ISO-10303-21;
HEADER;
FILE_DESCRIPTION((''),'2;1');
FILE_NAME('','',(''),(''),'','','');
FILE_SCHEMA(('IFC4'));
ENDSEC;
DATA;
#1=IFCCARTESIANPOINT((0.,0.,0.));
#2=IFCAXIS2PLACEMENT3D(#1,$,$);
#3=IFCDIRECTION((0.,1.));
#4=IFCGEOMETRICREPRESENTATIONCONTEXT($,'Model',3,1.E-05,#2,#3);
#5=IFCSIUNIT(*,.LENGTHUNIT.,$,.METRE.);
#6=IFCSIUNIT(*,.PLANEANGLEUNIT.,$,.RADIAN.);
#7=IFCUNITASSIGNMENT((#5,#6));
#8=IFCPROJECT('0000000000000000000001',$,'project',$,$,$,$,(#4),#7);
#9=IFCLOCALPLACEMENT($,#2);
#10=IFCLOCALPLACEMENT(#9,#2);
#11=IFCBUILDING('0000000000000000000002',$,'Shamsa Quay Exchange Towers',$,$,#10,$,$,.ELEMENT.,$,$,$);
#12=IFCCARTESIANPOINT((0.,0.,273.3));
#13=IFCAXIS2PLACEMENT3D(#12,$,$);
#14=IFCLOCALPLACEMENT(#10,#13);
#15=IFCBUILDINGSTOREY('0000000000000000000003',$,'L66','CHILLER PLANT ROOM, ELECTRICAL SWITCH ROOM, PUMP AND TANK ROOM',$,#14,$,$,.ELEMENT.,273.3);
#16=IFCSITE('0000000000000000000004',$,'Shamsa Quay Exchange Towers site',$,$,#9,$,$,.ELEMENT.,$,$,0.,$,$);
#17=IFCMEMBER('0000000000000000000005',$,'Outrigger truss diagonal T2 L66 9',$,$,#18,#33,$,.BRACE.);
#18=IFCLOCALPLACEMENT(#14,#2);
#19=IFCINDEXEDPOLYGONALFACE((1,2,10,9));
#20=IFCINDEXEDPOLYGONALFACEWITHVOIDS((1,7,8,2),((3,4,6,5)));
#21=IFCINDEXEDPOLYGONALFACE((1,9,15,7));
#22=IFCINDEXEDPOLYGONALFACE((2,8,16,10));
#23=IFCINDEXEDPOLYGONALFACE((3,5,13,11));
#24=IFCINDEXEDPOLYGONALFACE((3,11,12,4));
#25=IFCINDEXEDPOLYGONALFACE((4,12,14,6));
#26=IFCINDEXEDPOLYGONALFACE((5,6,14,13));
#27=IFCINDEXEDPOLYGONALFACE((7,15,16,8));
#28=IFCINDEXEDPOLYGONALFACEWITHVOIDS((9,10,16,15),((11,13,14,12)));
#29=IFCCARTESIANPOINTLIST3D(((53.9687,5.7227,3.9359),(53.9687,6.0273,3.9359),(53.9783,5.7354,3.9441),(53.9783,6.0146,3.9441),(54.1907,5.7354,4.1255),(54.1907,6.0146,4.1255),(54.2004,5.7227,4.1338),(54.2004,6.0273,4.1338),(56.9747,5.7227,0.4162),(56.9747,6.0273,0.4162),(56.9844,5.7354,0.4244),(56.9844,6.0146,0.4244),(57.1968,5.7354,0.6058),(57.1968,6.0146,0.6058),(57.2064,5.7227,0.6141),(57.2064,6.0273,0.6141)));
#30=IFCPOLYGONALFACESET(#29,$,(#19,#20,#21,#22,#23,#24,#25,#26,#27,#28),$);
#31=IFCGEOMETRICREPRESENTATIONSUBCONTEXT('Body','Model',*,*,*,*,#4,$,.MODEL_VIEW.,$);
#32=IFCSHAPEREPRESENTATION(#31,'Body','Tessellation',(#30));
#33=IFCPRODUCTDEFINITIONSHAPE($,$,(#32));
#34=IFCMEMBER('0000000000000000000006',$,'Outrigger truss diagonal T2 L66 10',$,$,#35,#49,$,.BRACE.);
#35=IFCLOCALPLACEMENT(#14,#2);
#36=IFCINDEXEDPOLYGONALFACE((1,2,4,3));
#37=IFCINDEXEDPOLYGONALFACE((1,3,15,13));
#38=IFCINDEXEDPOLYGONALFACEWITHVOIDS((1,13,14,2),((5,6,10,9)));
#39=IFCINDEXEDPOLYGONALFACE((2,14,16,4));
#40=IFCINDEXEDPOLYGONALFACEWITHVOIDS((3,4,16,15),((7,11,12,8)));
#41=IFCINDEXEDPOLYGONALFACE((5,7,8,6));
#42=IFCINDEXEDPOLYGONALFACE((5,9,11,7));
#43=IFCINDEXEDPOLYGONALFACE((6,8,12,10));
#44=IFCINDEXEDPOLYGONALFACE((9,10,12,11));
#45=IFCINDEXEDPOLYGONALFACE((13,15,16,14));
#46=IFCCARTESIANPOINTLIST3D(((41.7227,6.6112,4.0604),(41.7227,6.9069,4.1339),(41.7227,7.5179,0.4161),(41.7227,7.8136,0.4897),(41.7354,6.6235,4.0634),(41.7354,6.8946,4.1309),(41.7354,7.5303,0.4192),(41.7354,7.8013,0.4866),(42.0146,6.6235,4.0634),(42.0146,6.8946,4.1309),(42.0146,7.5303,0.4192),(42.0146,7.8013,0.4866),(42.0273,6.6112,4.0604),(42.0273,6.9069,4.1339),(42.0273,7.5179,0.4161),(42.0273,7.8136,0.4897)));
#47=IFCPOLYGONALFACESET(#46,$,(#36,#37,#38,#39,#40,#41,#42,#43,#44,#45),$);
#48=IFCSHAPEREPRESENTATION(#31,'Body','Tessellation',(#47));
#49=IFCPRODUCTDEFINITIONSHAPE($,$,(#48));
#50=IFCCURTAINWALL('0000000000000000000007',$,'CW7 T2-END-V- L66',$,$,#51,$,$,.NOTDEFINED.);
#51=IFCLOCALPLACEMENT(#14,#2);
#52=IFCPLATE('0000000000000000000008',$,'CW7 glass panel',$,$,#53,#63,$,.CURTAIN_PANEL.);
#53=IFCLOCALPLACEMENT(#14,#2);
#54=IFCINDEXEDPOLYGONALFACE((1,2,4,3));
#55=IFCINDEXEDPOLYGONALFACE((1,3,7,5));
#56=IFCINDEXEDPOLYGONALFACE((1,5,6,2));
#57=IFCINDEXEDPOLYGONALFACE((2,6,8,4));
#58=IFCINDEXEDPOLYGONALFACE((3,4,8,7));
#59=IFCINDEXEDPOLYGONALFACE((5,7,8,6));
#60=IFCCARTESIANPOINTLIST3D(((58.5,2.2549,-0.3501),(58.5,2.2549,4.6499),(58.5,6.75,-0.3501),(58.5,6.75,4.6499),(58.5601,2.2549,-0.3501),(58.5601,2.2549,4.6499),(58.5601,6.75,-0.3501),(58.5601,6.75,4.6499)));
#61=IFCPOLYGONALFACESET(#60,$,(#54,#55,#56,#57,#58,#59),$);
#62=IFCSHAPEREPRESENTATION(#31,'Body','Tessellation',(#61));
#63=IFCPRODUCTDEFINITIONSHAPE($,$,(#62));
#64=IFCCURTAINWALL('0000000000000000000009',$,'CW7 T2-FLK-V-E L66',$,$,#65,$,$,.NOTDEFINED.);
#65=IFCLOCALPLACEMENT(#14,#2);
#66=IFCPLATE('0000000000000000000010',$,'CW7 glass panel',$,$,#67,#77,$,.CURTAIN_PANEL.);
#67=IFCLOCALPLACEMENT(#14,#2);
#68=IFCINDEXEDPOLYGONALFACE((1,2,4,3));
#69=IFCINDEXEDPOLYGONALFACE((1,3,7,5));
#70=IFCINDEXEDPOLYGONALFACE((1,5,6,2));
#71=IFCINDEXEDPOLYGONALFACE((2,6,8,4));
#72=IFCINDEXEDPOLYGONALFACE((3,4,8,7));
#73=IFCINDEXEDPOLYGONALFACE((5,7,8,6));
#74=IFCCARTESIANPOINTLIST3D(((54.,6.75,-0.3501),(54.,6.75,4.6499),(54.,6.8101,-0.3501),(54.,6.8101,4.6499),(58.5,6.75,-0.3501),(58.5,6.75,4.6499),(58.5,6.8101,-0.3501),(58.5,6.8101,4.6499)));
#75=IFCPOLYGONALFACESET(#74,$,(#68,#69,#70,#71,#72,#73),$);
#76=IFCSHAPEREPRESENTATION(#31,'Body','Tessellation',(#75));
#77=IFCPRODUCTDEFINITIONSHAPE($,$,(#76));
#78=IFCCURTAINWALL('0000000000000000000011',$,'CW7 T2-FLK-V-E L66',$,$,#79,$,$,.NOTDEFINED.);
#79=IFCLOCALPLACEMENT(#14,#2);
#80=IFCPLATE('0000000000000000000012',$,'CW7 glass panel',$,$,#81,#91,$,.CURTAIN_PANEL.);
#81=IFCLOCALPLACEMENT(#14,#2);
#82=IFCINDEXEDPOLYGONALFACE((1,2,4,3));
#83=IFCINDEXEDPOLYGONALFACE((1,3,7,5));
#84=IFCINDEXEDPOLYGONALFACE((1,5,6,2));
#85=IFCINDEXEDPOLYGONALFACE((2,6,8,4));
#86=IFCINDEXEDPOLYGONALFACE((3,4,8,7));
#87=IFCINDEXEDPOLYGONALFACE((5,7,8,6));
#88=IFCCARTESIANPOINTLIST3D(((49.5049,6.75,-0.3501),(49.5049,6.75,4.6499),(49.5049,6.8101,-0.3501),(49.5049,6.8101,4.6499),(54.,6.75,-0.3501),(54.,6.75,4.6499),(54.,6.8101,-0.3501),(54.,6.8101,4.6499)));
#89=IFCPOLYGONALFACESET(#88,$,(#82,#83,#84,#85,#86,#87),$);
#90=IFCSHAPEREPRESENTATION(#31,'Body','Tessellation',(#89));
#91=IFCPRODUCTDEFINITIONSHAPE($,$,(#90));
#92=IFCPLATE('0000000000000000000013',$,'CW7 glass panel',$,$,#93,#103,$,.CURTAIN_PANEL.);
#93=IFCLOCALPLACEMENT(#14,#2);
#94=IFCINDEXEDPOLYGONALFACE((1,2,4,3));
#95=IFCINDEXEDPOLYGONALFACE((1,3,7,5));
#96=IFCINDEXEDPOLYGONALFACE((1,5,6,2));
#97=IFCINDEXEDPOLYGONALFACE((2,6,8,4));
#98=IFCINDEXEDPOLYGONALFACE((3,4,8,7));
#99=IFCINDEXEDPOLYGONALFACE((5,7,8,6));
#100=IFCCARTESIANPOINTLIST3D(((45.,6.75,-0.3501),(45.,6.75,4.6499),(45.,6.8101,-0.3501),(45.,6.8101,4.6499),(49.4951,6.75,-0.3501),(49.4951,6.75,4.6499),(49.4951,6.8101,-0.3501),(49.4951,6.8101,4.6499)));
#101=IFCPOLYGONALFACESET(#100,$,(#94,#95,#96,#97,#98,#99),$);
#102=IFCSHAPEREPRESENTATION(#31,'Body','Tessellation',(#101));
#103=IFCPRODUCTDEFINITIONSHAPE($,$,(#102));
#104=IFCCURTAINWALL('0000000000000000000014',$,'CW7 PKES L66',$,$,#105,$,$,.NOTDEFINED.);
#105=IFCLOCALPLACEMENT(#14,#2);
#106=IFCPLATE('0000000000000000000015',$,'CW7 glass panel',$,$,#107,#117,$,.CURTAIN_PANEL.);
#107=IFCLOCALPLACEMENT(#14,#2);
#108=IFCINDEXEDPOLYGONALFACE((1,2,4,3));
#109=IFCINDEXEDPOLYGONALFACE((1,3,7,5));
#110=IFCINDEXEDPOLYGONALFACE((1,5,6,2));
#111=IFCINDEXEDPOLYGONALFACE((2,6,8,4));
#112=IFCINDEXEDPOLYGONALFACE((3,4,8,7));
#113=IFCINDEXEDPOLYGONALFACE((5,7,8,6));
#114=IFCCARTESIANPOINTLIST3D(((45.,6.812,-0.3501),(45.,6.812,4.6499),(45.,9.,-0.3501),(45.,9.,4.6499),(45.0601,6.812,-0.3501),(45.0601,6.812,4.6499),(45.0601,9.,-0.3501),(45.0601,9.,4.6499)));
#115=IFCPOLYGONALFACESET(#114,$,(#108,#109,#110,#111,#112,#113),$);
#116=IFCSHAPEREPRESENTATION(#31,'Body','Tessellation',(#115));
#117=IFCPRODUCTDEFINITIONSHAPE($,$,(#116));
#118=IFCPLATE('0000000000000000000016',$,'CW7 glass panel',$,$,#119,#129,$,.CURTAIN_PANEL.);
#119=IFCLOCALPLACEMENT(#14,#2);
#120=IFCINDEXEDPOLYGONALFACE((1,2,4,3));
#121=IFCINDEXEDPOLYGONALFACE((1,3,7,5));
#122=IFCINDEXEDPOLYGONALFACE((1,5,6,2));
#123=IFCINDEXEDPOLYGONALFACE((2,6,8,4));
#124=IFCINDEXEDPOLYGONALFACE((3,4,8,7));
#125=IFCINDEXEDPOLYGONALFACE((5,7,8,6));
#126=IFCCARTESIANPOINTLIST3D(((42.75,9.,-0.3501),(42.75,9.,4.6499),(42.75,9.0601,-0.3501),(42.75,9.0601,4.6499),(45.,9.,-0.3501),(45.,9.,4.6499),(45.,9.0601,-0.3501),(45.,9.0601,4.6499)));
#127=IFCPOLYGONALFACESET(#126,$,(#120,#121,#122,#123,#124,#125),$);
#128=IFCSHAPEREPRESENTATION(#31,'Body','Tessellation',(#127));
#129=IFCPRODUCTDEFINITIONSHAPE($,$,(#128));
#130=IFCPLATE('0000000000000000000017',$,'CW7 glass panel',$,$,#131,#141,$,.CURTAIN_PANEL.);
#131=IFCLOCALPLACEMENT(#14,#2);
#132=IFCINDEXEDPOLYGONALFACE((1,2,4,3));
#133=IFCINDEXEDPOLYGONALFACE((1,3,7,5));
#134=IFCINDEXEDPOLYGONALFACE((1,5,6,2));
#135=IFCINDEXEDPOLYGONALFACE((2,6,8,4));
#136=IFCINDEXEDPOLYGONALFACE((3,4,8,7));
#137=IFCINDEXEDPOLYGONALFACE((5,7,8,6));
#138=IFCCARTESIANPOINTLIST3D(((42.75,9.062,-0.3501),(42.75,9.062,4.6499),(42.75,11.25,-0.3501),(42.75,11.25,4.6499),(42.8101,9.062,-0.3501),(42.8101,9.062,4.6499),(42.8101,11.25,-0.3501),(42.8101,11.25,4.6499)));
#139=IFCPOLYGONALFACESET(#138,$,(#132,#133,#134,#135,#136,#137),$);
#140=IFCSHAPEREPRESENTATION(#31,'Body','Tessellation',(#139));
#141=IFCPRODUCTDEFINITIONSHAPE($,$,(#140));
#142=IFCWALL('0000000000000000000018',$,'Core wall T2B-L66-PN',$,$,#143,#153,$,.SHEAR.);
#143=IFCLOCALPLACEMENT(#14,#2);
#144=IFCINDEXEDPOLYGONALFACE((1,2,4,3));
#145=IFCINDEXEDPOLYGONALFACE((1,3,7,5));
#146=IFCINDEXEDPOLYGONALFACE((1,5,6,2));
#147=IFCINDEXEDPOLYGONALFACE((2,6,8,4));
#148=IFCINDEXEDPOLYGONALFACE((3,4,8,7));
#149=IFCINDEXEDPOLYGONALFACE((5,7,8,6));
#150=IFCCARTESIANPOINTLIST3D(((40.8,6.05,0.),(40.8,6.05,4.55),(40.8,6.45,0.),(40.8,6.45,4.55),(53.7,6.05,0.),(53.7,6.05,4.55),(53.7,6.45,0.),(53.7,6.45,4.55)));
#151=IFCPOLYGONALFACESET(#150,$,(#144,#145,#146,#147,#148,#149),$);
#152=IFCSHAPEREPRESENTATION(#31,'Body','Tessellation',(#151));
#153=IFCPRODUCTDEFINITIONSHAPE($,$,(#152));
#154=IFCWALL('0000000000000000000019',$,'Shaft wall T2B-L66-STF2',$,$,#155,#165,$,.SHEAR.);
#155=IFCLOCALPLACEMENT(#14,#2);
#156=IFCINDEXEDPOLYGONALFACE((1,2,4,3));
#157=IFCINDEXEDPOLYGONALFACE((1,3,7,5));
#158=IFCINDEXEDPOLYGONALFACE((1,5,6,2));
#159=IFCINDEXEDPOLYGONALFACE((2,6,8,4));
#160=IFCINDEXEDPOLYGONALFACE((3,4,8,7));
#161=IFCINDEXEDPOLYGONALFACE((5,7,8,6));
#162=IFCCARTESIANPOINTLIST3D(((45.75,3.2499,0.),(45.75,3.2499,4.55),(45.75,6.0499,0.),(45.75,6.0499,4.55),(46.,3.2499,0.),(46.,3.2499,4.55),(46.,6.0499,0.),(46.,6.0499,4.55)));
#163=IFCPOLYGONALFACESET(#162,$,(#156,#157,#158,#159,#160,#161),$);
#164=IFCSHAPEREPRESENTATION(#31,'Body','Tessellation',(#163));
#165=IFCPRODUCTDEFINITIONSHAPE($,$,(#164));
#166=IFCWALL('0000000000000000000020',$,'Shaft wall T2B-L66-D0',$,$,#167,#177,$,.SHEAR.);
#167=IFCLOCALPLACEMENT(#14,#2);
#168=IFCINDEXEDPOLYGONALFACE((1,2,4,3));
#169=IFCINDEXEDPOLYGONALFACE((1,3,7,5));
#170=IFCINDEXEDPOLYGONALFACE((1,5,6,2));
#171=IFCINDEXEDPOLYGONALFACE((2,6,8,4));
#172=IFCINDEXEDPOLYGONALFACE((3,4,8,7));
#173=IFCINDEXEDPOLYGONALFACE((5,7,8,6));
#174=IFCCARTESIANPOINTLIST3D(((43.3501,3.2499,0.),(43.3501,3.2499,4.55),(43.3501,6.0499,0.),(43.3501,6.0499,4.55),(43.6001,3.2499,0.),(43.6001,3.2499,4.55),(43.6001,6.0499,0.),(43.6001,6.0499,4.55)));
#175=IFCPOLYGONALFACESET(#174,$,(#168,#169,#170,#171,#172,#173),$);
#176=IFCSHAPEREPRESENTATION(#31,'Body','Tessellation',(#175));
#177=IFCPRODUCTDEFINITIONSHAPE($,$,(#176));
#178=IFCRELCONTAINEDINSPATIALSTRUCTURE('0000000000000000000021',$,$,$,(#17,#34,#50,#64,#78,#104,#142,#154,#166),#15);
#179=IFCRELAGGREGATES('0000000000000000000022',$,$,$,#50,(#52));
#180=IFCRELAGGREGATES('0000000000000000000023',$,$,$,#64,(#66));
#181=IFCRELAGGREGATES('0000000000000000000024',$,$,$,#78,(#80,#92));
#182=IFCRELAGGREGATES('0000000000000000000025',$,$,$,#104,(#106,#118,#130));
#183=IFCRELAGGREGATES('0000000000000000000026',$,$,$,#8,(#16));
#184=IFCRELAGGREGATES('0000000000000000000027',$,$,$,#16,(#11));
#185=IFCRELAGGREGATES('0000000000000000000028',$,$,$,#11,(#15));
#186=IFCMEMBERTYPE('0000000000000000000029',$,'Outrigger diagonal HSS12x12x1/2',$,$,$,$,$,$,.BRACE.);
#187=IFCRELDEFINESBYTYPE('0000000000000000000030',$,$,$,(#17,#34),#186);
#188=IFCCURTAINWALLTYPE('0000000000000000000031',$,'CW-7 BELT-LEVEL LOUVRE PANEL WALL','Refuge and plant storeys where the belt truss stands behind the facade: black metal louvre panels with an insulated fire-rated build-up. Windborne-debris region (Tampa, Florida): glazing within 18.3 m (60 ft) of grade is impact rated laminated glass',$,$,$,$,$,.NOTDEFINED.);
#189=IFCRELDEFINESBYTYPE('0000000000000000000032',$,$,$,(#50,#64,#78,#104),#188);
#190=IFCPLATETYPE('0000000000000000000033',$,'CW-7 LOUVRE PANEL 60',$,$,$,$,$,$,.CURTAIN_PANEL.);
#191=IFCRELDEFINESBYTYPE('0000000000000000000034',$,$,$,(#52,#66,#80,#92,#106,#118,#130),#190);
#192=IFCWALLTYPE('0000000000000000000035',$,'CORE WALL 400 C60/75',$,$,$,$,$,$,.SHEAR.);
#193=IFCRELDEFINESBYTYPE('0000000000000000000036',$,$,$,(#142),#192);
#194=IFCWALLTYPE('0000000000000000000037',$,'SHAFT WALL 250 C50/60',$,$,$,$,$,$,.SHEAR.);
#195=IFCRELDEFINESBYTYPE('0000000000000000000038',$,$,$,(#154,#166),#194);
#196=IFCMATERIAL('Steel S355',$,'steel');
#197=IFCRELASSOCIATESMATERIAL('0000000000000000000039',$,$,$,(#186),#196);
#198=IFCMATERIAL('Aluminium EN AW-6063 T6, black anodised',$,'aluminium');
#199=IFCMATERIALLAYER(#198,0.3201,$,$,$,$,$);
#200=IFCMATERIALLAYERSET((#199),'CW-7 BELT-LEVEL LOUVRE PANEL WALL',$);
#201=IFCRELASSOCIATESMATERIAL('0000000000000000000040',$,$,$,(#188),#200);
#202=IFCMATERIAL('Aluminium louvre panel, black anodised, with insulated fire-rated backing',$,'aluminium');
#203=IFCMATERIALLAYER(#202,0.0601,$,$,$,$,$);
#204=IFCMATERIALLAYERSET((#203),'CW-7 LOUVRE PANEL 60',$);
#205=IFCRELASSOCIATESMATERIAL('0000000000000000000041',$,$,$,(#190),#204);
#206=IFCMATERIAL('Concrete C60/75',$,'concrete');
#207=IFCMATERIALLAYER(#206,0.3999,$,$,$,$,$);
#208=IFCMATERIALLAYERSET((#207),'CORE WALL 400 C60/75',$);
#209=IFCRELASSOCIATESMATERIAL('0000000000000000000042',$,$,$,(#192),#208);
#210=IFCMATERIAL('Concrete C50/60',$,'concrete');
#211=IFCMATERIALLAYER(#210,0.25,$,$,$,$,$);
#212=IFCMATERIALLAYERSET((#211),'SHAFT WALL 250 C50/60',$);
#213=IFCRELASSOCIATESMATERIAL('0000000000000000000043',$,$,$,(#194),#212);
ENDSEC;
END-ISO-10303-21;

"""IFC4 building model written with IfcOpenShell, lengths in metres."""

from ifc_helpers import new_model, si_unit, direction, frame, frame_2d, origin, origin_2d, place, context, subcontext, project, spatial, rectangle, hollow_rectangle, extrude, material, layer, layer_set, material_profile, profile_set, type_object, element, aggregate, save


model = new_model("IFC4")

# Units and contexts
model_context = context("Model", 3, precision=1e-05, world=origin(), true_north=direction((0.0, 1.0)))
body_context = subcontext(model_context, "Body", "Model", "MODEL_VIEW")
ifc_project = project(units=[si_unit("LENGTHUNIT", "METRE"), si_unit("PLANEANGLEUNIT", "RADIAN")], contexts=[model_context])

# Site, building, storey
site_placement = place(None, origin())
site = spatial("IfcSite", under=ifc_project, at=site_placement, Name="Shamsa Quay Exchange Towers site", CompositionType="ELEMENT", RefElevation=0.0)
building_placement = place(site_placement, origin())
building = spatial("IfcBuilding", under=site, at=building_placement, Name="Shamsa Quay Exchange Towers", CompositionType="ELEMENT")
storey_placement = place(building_placement, frame((0.0, 0.0, 273.3)))
storey = spatial("IfcBuildingStorey", under=building, at=storey_placement, Name="L66", Description="CHILLER PLANT ROOM, ELECTRICAL SWITCH ROOM, PUMP AND TANK ROOM", CompositionType="ELEMENT", Elevation=273.3)

# Members
ifc_material_1 = material(Name="Steel S355", Category="steel")
ifc_material_profile_1 = material_profile(ifc_material_1, hollow_rectangle(XDim=0.3047, YDim=0.3047, WallThickness=0.0127, at=origin_2d()), Name="HSS12x12x1/2")
ifc_profile_set_1 = profile_set([ifc_material_profile_1], Name="Steel S355")
member_type_1 = type_object("IfcMemberType", Name="Outrigger diagonal HSS12x12x1/2", PredefinedType="BRACE", material=ifc_profile_set_1)
member_1_placement = place(storey_placement, frame((57.0906, 5.875, 0.5151), z_axis=(-0.649439, 0.0, 0.760413), x_axis=(0.0, -1.0, 0.0)))
element("IfcMember", 1, at=member_1_placement, inside=storey, type_object=member_type_1, Name="Outrigger truss diagonal T2 L66 9", PredefinedType="BRACE", context=body_context, shape_type="SweptSolid", body=[
    extrude(hollow_rectangle(XDim=0.3047, YDim=0.3047, WallThickness=0.0127, at=origin_2d()), origin(), (0.0, 0.0, 1.0), 4.6287),
])
member_2_placement = place(storey_placement, frame((41.875, 7.6658, 0.4529), z_axis=(0.0, -0.241449, 0.970413), x_axis=(1.0, 0.0, 0.0)))
element("IfcMember", 2, at=member_2_placement, inside=storey, type_object=member_type_1, Name="Outrigger truss diagonal T2 L66 10", PredefinedType="BRACE", context=body_context, shape_type="SweptSolid", body=[
    extrude(hollow_rectangle(XDim=0.3047, YDim=0.3047, WallThickness=0.0127, at=origin_2d()), origin(), (0.0, 0.0, 1.0), 3.7554),
])

# Curtain walls, plates
ifc_material_2 = material(Name="Aluminium EN AW-6063 T6, black anodised", Category="aluminium")
ifc_layer_1 = layer(ifc_material_2, 0.3201)
ifc_layer_set_1 = layer_set([ifc_layer_1], Name="CW-7 BELT-LEVEL LOUVRE PANEL WALL")
curtain_wall_type = type_object("IfcCurtainWallType", Name="CW-7 BELT-LEVEL LOUVRE PANEL WALL", Description="Refuge and plant storeys where the belt truss stands behind the facade: black metal louvre panels with an insulated fire-rated build-up. Windborne-debris region (Tampa, Florida): glazing within 18.3 m (60 ft) of grade is impact rated laminated glass", PredefinedType="NOTDEFINED", material=ifc_layer_set_1)
curtain_wall_1_placement = place(storey_placement, origin())
curtain_wall_1 = element("IfcCurtainWall", 3, at=curtain_wall_1_placement, inside=storey, type_object=curtain_wall_type, Name="CW7 T2-END-V- L66", PredefinedType="NOTDEFINED")
ifc_material_3 = material(Name="Aluminium louvre panel, black anodised, with insulated fire-rated backing", Category="aluminium")
ifc_layer_2 = layer(ifc_material_3, 0.0601)
ifc_layer_set_2 = layer_set([ifc_layer_2], Name="CW-7 LOUVRE PANEL 60")
plate_type = type_object("IfcPlateType", Name="CW-7 LOUVRE PANEL 60", PredefinedType="CURTAIN_PANEL", material=ifc_layer_set_2)
plate_1_placement = place(storey_placement, frame((58.53, 4.5024, -0.3501), z_axis=(0.0, 0.0, 1.0), x_axis=(0.0, 1.0, 0.0)))
plate_1 = element("IfcPlate", 4, at=plate_1_placement, type_object=plate_type, Name="CW7 glass panel", PredefinedType="CURTAIN_PANEL", context=body_context, shape_type="SweptSolid", body=[
    extrude(rectangle(XDim=4.4951, YDim=0.0601, at=origin_2d()), origin(), (0.0, 0.0, 1.0), 5.0),
])
aggregate(curtain_wall_1, [plate_1])
curtain_wall_2_placement = place(storey_placement, origin())
curtain_wall_2 = element("IfcCurtainWall", 5, at=curtain_wall_2_placement, inside=storey, type_object=curtain_wall_type, Name="CW7 T2-FLK-V-E L66", PredefinedType="NOTDEFINED")
plate_2_placement = place(storey_placement, frame((56.25, 6.78, -0.3501), z_axis=(0.0, 0.0, 1.0), x_axis=(-1.0, 0.0, 0.0)))
plate_2 = element("IfcPlate", 6, at=plate_2_placement, type_object=plate_type, Name="CW7 glass panel", PredefinedType="CURTAIN_PANEL", context=body_context, shape_type="SweptSolid", body=[
    extrude(rectangle(XDim=4.5, YDim=0.0601, at=origin_2d()), origin(), (0.0, 0.0, 1.0), 5.0),
])
aggregate(curtain_wall_2, [plate_2])

# Curtain walls, plates
curtain_wall_3_placement = place(storey_placement, origin())
curtain_wall_3 = element("IfcCurtainWall", 7, at=curtain_wall_3_placement, inside=storey, type_object=curtain_wall_type, Name="CW7 T2-FLK-V-E L66", PredefinedType="NOTDEFINED")
plate_3_placement = place(storey_placement, frame((51.7524, 6.78, -0.3501), z_axis=(0.0, 0.0, 1.0), x_axis=(-1.0, 0.0, 0.0)))
plate_3 = element("IfcPlate", 8, at=plate_3_placement, type_object=plate_type, Name="CW7 glass panel", PredefinedType="CURTAIN_PANEL", context=body_context, shape_type="SweptSolid", body=[
    extrude(rectangle(XDim=4.4951, YDim=0.0601, at=origin_2d()), origin(), (0.0, 0.0, 1.0), 5.0),
])
plate_4_placement = place(storey_placement, frame((47.2476, 6.78, -0.3501), z_axis=(0.0, 0.0, 1.0), x_axis=(-1.0, 0.0, 0.0)))
plate_4 = element("IfcPlate", 9, at=plate_4_placement, type_object=plate_type, Name="CW7 glass panel", PredefinedType="CURTAIN_PANEL", context=body_context, shape_type="SweptSolid", body=[
    extrude(rectangle(XDim=4.4951, YDim=0.0601, at=origin_2d()), origin(), (0.0, 0.0, 1.0), 5.0),
])
aggregate(curtain_wall_3, [plate_3, plate_4])
curtain_wall_4_placement = place(storey_placement, origin())
curtain_wall_4 = element("IfcCurtainWall", 10, at=curtain_wall_4_placement, inside=storey, type_object=curtain_wall_type, Name="CW7 PKES L66", PredefinedType="NOTDEFINED")
plate_5_placement = place(storey_placement, frame((45.03, 7.906, -0.3501), z_axis=(0.0, 0.0, 1.0), x_axis=(0.0, 1.0, 0.0)))
plate_5 = element("IfcPlate", 11, at=plate_5_placement, type_object=plate_type, Name="CW7 glass panel", PredefinedType="CURTAIN_PANEL", context=body_context, shape_type="SweptSolid", body=[
    extrude(rectangle(XDim=2.188, YDim=0.0601, at=origin_2d()), origin(), (0.0, 0.0, 1.0), 5.0),
])
plate_6_placement = place(storey_placement, frame((43.875, 9.03, -0.3501), z_axis=(0.0, 0.0, 1.0), x_axis=(-1.0, 0.0, 0.0)))
plate_6 = element("IfcPlate", 12, at=plate_6_placement, type_object=plate_type, Name="CW7 glass panel", PredefinedType="CURTAIN_PANEL", context=body_context, shape_type="SweptSolid", body=[
    extrude(rectangle(XDim=2.25, YDim=0.0601, at=origin_2d()), origin(), (0.0, 0.0, 1.0), 5.0),
])
plate_7_placement = place(storey_placement, frame((42.78, 10.156, -0.3501), z_axis=(0.0, 0.0, 1.0), x_axis=(0.0, 1.0, 0.0)))
plate_7 = element("IfcPlate", 13, at=plate_7_placement, type_object=plate_type, Name="CW7 glass panel", PredefinedType="CURTAIN_PANEL", context=body_context, shape_type="SweptSolid", body=[
    extrude(rectangle(XDim=2.188, YDim=0.0601, at=origin_2d()), origin(), (0.0, 0.0, 1.0), 5.0),
])
aggregate(curtain_wall_4, [plate_5, plate_6, plate_7])

# Walls
ifc_material_4 = material(Name="Concrete C60/75", Category="concrete")
ifc_layer_3 = layer(ifc_material_4, 0.3999)
ifc_layer_set_3 = layer_set([ifc_layer_3], Name="CORE WALL 400 C60/75")
wall_type_1 = type_object("IfcWallType", Name="CORE WALL 400 C60/75", PredefinedType="SHEAR", material=ifc_layer_set_3)
wall_1_placement = place(storey_placement, frame((53.7, 6.25, 0.0), z_axis=(0.0, 0.0, 1.0), x_axis=(-1.0, 0.0, 0.0)))
element("IfcWall", 14, at=wall_1_placement, inside=storey, type_object=wall_type_1, Name="Core wall T2B-L66-PN", PredefinedType="SHEAR", context=body_context, shape_type="SweptSolid", body=[
    extrude(rectangle(XDim=12.8999, YDim=0.3999, at=frame_2d((6.45, 0.0))), origin(), (0.0, 0.0, 1.0), 4.55),
])
ifc_material_5 = material(Name="Concrete C50/60", Category="concrete")
ifc_layer_4 = layer(ifc_material_5, 0.25)
ifc_layer_set_4 = layer_set([ifc_layer_4], Name="SHAFT WALL 250 C50/60")
wall_type_2 = type_object("IfcWallType", Name="SHAFT WALL 250 C50/60", PredefinedType="SHEAR", material=ifc_layer_set_4)
for number, where, z_axis, x_axis, name in (
    (15, (45.875, 3.25, 0.0), (0.0, 0.0, 1.0), (0.0, 1.0, 0.0), "Shaft wall T2B-L66-STF2"),
    (16, (43.4751, 3.25, 0.0), (0.0, 0.0, 1.0), (0.0, 1.0, 0.0), "Shaft wall T2B-L66-D0"),
):
    element("IfcWall", number, at=place(storey_placement, frame(where, z_axis=z_axis, x_axis=x_axis)), inside=storey, type_object=wall_type_2, Name=name, PredefinedType="SHEAR", context=body_context, shape_type="SweptSolid", body=[
        extrude(rectangle(XDim=2.8, YDim=0.25, at=frame_2d((1.3999, 0.0))), origin(), (0.0, 0.0, 1.0), 4.55),
    ])

save(model, "model.ifc")
